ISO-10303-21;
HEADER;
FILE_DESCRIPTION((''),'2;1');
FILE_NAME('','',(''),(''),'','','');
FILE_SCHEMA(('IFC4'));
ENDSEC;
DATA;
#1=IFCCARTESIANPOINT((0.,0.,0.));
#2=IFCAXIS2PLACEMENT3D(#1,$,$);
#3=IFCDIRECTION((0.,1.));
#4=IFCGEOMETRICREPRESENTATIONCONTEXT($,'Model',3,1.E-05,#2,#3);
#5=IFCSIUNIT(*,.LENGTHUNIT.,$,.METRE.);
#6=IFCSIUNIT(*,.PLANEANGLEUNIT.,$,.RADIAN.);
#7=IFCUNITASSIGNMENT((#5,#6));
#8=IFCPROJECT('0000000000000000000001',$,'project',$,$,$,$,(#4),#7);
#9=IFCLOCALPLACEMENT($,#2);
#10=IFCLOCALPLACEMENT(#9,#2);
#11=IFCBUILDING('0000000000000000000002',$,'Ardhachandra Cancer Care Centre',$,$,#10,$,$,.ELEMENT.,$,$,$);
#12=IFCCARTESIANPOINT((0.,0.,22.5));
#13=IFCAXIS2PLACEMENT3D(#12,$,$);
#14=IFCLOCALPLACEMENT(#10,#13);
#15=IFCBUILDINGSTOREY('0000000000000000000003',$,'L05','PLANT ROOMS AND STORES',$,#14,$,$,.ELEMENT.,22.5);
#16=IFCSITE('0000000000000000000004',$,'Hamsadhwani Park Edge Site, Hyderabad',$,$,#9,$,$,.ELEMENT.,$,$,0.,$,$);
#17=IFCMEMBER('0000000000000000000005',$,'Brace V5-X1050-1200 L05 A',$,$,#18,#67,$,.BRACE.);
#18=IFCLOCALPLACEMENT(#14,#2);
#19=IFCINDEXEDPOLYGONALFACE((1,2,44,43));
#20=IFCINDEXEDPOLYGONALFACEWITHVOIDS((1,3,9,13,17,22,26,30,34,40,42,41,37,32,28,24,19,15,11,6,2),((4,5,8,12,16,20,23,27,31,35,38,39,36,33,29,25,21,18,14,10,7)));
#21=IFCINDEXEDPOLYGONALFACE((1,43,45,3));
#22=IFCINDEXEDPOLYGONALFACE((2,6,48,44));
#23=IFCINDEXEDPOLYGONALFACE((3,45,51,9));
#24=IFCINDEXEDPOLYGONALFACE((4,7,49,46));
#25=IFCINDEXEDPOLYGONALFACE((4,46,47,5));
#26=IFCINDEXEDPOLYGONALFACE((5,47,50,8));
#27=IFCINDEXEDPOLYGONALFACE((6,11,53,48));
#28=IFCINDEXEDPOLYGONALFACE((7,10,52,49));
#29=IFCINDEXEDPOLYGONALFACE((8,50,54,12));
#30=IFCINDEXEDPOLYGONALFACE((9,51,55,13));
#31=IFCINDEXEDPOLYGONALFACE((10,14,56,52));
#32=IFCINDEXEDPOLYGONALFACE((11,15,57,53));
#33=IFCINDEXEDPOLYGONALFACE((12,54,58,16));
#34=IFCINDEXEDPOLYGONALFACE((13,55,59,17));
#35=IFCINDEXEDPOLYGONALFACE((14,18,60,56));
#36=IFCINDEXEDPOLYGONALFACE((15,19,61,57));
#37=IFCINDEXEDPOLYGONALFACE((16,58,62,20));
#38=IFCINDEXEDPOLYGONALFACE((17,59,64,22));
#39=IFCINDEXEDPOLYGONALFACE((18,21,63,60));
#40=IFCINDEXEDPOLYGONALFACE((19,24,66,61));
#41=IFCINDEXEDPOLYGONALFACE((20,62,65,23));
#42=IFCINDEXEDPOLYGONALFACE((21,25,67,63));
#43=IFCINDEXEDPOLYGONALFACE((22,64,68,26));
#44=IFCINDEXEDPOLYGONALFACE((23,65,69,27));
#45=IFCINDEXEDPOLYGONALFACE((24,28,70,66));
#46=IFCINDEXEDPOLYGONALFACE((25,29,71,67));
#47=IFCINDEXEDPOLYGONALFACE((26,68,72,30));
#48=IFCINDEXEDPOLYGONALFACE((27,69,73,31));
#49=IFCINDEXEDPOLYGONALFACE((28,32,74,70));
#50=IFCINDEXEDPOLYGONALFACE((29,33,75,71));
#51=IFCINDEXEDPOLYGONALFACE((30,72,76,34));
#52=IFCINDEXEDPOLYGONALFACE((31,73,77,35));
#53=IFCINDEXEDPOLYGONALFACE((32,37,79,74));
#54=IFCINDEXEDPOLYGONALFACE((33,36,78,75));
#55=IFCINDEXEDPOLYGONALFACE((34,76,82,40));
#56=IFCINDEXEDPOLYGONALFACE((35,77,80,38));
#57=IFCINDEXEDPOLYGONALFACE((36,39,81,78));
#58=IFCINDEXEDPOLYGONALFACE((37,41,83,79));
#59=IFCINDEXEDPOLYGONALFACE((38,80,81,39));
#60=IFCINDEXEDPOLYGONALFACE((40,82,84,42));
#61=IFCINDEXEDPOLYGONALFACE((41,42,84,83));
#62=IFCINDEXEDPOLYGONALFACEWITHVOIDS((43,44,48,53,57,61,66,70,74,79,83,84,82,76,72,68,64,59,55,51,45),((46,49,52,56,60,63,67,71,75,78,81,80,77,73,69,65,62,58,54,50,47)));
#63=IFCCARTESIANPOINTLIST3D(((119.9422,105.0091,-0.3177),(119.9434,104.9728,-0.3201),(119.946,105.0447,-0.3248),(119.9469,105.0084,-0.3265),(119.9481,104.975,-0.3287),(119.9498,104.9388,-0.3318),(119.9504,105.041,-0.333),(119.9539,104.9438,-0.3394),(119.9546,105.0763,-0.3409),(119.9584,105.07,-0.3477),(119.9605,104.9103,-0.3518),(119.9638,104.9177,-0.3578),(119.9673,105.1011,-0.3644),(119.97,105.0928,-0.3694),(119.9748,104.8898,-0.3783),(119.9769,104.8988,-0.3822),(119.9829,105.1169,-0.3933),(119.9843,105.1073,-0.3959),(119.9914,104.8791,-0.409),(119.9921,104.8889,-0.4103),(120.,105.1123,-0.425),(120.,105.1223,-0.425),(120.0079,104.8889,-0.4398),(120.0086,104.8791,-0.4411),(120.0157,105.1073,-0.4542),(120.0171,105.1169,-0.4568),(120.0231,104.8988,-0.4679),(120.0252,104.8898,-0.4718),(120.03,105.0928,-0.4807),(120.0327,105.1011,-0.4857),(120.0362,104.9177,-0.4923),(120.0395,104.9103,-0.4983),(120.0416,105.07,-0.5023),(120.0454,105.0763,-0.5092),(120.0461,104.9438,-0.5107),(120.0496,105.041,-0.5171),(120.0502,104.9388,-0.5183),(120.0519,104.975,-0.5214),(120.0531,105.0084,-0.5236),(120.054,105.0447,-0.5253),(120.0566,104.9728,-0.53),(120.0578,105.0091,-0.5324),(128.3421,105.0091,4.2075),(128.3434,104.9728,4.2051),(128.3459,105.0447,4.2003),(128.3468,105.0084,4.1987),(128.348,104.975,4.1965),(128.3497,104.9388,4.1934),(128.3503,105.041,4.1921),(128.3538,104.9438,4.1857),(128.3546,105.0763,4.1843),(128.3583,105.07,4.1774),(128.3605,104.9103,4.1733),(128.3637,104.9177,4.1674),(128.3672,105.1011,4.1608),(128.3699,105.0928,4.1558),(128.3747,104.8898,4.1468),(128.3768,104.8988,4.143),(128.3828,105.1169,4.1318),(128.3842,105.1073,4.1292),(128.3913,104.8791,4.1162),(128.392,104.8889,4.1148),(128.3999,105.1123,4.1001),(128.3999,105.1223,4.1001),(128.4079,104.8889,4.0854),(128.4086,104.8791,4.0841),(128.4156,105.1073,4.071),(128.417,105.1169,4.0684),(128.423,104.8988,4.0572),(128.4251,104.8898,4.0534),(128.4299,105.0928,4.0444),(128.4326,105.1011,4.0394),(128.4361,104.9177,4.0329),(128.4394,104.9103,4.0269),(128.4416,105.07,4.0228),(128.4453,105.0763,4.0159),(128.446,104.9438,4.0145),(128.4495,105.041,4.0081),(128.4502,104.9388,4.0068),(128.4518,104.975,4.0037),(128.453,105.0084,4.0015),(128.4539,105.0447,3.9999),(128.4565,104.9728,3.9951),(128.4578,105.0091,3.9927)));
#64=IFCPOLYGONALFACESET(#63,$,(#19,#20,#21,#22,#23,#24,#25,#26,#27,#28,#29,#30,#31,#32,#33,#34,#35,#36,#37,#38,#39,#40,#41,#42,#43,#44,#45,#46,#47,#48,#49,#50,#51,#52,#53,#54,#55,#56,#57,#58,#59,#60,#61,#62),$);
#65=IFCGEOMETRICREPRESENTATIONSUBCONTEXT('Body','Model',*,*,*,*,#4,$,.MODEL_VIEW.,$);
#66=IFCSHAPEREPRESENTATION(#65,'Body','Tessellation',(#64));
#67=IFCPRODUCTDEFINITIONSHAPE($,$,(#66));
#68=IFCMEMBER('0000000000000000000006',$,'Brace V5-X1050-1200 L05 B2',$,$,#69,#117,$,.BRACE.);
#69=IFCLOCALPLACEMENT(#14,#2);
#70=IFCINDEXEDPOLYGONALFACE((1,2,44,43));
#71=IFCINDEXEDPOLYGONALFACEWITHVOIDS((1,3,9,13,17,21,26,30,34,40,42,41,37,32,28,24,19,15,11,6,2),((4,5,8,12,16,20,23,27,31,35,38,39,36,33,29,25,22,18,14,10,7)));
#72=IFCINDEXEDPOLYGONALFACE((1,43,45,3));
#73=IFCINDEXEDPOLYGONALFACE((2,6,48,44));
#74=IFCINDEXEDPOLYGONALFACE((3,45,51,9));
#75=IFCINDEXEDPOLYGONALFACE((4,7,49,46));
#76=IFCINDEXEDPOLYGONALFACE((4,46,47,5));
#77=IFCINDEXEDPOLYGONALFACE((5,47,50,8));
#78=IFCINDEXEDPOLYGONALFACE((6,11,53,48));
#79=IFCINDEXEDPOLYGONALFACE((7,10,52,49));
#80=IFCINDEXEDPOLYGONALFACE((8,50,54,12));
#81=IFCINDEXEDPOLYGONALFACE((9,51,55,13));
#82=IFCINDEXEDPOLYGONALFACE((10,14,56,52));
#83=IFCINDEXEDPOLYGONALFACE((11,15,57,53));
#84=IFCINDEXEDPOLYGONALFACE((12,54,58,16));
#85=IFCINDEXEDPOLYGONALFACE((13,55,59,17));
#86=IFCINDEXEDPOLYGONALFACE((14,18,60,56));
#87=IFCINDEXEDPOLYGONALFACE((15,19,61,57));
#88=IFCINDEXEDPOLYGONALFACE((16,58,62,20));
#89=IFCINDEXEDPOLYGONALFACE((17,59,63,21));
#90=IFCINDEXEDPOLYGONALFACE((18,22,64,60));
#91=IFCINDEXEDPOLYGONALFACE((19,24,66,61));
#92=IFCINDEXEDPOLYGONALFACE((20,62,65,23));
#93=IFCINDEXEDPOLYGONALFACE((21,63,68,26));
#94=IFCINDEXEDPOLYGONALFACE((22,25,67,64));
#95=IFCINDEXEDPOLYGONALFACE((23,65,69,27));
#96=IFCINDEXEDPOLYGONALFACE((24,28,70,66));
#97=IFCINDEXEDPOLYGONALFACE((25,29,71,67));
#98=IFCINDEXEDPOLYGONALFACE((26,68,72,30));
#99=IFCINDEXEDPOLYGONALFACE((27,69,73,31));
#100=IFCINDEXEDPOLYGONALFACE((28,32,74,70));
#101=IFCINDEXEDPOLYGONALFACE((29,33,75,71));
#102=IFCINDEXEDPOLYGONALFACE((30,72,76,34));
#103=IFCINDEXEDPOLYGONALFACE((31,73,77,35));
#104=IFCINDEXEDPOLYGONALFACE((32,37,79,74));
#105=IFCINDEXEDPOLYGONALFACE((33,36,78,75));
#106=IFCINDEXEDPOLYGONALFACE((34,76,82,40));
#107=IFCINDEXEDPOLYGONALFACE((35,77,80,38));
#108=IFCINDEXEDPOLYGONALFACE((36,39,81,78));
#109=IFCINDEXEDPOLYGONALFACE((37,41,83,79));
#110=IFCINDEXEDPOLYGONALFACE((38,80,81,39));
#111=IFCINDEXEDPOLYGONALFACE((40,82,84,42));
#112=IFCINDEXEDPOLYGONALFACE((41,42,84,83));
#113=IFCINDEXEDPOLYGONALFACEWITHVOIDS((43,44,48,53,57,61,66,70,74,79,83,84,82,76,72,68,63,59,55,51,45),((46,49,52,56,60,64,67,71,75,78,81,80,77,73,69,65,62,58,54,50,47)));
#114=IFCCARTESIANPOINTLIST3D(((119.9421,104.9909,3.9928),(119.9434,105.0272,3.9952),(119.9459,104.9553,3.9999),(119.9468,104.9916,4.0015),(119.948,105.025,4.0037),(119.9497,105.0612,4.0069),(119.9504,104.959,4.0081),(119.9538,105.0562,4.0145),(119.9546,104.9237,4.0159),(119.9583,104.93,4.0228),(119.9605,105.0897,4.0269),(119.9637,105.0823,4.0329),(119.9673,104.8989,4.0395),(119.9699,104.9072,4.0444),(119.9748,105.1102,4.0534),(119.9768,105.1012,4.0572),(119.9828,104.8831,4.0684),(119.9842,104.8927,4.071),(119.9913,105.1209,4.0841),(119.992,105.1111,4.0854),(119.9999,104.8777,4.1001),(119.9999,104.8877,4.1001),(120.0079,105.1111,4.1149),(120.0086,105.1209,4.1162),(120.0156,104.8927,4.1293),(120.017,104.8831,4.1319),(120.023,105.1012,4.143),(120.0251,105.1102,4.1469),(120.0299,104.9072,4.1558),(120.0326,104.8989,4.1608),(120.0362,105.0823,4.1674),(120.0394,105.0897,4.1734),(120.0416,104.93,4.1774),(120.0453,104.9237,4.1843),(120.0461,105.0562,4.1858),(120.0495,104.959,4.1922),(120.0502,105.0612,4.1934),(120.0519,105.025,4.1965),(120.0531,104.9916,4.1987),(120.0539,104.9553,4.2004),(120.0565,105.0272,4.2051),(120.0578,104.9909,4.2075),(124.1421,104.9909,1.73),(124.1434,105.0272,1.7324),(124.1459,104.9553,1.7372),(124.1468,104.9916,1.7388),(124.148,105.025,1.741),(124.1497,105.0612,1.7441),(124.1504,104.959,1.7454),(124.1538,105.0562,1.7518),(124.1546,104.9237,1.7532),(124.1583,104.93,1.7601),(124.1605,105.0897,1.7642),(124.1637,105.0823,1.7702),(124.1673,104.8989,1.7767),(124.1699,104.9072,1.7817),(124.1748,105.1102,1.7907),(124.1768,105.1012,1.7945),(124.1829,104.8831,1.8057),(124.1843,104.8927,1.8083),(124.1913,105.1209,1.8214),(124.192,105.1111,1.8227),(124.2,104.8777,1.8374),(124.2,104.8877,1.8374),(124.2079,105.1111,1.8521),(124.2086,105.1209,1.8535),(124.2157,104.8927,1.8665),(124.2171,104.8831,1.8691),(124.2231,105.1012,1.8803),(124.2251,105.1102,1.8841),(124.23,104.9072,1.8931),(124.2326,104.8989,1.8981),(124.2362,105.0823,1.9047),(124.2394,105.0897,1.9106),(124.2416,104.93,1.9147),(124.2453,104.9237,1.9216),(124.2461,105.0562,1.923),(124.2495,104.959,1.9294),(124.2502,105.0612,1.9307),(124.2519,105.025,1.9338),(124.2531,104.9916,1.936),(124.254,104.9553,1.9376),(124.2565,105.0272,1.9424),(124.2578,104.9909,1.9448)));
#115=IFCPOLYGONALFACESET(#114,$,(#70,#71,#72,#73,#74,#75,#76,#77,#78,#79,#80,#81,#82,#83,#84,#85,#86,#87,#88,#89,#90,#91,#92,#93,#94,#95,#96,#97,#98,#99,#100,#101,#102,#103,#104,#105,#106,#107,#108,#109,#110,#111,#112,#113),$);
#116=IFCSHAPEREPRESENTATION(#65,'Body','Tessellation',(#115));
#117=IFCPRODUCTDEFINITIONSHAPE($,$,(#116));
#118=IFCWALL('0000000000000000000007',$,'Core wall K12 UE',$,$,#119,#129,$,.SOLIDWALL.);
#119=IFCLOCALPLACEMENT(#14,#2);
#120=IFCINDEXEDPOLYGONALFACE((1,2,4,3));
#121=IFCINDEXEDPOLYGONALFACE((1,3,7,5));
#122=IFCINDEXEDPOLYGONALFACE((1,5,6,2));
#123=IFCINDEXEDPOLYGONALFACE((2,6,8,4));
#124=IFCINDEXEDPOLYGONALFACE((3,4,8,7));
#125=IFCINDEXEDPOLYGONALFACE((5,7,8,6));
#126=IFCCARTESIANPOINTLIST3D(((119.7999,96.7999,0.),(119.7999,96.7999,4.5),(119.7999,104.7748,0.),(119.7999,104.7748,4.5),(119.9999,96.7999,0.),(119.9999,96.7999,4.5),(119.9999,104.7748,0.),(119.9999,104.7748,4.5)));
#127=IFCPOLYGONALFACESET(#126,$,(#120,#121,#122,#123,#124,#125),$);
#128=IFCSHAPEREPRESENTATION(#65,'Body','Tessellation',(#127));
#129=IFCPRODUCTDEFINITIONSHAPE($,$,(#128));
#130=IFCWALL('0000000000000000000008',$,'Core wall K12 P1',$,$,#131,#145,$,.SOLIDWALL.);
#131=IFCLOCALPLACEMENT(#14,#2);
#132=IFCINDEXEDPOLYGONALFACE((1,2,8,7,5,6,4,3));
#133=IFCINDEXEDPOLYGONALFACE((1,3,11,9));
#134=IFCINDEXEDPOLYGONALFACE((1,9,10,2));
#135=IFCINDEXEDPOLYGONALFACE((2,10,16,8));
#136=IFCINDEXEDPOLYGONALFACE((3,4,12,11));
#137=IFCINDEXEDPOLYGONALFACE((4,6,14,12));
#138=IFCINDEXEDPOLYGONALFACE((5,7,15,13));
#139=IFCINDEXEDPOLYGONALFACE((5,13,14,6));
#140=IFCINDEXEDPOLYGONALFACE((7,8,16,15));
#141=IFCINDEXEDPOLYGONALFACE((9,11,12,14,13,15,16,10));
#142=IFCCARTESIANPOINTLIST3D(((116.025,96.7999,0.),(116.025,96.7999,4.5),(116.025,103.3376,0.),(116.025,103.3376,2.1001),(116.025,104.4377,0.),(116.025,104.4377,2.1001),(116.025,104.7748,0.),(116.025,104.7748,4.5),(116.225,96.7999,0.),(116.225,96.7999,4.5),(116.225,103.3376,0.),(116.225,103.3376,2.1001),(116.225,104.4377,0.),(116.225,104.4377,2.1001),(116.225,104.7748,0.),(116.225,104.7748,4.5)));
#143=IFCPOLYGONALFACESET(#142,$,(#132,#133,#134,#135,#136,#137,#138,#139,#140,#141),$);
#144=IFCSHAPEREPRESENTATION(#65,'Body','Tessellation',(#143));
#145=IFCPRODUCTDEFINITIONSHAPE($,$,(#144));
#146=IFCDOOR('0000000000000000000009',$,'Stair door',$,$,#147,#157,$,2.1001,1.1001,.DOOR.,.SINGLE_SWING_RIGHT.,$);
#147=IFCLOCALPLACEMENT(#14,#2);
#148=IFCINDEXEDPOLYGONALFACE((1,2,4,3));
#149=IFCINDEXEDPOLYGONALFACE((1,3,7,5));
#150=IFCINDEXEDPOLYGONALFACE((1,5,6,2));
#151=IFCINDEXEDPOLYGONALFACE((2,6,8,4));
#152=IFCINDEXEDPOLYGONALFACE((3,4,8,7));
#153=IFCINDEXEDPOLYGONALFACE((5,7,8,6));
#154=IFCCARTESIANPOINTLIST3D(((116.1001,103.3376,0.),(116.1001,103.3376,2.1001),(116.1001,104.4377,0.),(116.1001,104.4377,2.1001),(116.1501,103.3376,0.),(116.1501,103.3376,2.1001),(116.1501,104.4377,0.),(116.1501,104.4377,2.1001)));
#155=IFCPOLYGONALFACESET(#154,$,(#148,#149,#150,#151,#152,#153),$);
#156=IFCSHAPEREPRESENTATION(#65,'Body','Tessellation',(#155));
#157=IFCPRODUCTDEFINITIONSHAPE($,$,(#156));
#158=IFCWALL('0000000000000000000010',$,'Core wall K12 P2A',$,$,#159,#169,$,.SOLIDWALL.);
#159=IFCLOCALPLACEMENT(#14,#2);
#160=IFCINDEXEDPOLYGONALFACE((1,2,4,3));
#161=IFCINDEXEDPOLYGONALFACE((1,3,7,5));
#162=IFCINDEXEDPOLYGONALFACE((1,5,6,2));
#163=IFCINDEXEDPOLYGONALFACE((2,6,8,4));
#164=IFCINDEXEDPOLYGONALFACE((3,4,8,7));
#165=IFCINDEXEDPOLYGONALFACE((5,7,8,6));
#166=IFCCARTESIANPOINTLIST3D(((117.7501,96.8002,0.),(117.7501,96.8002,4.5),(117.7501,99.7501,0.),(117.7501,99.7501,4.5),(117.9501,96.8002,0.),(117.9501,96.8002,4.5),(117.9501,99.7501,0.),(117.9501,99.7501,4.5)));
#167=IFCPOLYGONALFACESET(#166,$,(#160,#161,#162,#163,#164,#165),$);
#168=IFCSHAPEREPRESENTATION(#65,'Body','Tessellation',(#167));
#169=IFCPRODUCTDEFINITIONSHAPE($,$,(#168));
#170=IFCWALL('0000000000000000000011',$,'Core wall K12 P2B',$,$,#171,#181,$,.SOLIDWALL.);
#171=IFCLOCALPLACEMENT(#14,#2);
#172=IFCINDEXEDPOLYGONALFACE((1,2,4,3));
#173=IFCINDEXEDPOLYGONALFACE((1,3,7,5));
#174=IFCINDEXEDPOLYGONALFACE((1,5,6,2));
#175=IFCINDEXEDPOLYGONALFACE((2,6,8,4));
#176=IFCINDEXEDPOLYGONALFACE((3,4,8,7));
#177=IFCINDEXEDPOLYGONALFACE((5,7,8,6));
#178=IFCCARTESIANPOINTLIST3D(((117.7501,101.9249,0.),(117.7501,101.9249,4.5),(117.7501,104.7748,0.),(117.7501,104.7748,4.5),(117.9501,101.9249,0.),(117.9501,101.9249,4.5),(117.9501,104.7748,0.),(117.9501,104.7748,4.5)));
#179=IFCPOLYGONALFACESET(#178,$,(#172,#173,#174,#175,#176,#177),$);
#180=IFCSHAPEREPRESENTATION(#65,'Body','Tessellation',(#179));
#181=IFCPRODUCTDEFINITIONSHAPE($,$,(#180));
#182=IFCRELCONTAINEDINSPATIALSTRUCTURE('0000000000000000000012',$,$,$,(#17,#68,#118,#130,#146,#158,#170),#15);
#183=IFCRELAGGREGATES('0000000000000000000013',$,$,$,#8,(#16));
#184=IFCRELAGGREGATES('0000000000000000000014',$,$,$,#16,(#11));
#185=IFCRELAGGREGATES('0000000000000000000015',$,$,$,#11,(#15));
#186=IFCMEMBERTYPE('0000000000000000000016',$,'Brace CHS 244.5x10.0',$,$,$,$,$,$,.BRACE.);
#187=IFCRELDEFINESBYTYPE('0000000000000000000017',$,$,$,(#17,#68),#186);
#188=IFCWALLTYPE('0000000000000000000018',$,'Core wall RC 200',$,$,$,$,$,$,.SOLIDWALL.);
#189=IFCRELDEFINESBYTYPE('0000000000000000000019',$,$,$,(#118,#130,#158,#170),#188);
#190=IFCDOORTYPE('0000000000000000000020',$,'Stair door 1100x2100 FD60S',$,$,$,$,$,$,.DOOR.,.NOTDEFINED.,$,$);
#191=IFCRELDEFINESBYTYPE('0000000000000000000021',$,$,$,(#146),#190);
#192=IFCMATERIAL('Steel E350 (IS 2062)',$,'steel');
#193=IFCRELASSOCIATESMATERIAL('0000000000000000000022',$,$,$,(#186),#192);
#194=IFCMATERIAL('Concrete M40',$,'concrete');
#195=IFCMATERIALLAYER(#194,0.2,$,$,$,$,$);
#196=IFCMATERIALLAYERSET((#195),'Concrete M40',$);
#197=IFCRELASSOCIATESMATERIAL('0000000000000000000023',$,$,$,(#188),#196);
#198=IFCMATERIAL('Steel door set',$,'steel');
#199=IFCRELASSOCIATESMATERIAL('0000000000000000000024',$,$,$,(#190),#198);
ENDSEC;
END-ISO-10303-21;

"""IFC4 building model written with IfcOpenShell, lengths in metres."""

from ifc_helpers import new_model, si_unit, direction, frame, frame_2d, origin, origin_2d, place, context, subcontext, project, spatial, rectangle, hollow_circle, extrude, material, layer, layer_set, material_profile, profile_set, type_object, element, fill, save


model = new_model("IFC4")

# Units and contexts
model_context = context("Model", 3, precision=1e-05, world=origin(), true_north=direction((0.0, 1.0)))
body_context = subcontext(model_context, "Body", "Model", "MODEL_VIEW")
ifc_project = project(units=[si_unit("LENGTHUNIT", "METRE"), si_unit("PLANEANGLEUNIT", "RADIAN")], contexts=[model_context])

# Site, building, storey
site_placement = place(None, origin())
site = spatial("IfcSite", under=ifc_project, at=site_placement, Name="Hamsadhwani Park Edge Site, Hyderabad", CompositionType="ELEMENT", RefElevation=0.0)
building_placement = place(site_placement, origin())
building = spatial("IfcBuilding", under=site, at=building_placement, Name="Ardhachandra Cancer Care Centre", CompositionType="ELEMENT")
storey_placement = place(building_placement, frame((0.0, 0.0, 22.5)))
storey = spatial("IfcBuildingStorey", under=building, at=storey_placement, Name="L05", Description="PLANT ROOMS AND STORES", CompositionType="ELEMENT", Elevation=22.5)

# Members
ifc_material_1 = material(Name="Steel E350 (IS 2062)", Category="steel")
ifc_material_profile_1 = material_profile(ifc_material_1, hollow_circle(Radius=0.1223, WallThickness=0.01, at=origin_2d()), Name="CHS 244.5x10.0")
ifc_profile_set_1 = profile_set([ifc_material_profile_1], Name="Steel E350 (IS 2062)")
member_type = type_object("IfcMemberType", Name="Brace CHS 244.5x10.0", PredefinedType="BRACE", material=ifc_profile_set_1)
member_1_placement = place(storey_placement, frame((120.0, 105.0, -0.425), z_axis=(0.880378, 0.0, 0.474272), x_axis=(0.0, 1.0, 0.0)))
element("IfcMember", 1, at=member_1_placement, inside=storey, type_object=member_type, Name="Brace V5-X1050-1200 L05 A", PredefinedType="BRACE", context=body_context, shape_type="SweptSolid", body=[
    extrude(hollow_circle(Radius=0.1223, WallThickness=0.01, at=origin_2d()), origin(), (0.0, 0.0, 1.0), 9.5413),
])
member_2_placement = place(storey_placement, frame((124.2, 105.0, 1.8374), z_axis=(-0.880368, 0.0, 0.474292), x_axis=(0.0, -1.0, 0.0)))
element("IfcMember", 2, at=member_2_placement, inside=storey, type_object=member_type, Name="Brace V5-X1050-1200 L05 B2", PredefinedType="BRACE", context=body_context, shape_type="SweptSolid", body=[
    extrude(hollow_circle(Radius=0.1223, WallThickness=0.01, at=origin_2d()), origin(), (0.0, 0.0, 1.0), 4.7708),
])

# Wall
ifc_material_2 = material(Name="Concrete M40", Category="concrete")
ifc_layer_1 = layer(ifc_material_2, 0.2)
ifc_layer_set_1 = layer_set([ifc_layer_1], Name="Concrete M40")
wall_type_1 = type_object("IfcWallType", Name="Core wall RC 200", PredefinedType="SOLIDWALL", material=ifc_layer_set_1)
wall_1_placement = place(storey_placement, frame((119.8999, 96.8, 0.0), z_axis=(0.0, 0.0, 1.0), x_axis=(0.0, 1.0, 0.0)))
element("IfcWall", 3, at=wall_1_placement, inside=storey, type_object=wall_type_1, Name="Core wall K12 UE", PredefinedType="SOLIDWALL", context=body_context, shape_type="SweptSolid", body=[
    extrude(rectangle(XDim=7.9749, YDim=0.2, at=frame_2d((3.9873, 0.0))), origin(), (0.0, 0.0, 1.0), 4.5),
])

# Wall, opening, door
wall_2_placement = place(storey_placement, frame((116.125, 96.8, 0.0), z_axis=(0.0, 0.0, 1.0), x_axis=(0.0, 1.0, 0.0)))
wall_2 = element("IfcWall", 4, at=wall_2_placement, inside=storey, type_object=wall_type_1, Name="Core wall K12 P1", PredefinedType="SOLIDWALL", context=body_context, shape_type="SweptSolid", body=[
    extrude(rectangle(XDim=7.9749, YDim=0.2, at=frame_2d((3.9873, 0.0))), origin(), (0.0, 0.0, 1.0), 4.5),
])
opening_1_placement = place(wall_2_placement, frame((6.5376, 0.0, 0.0)))
opening_1 = element("IfcOpeningElement", 5, at=opening_1_placement, cuts=wall_2, PredefinedType="OPENING", context=body_context, shape_type="SweptSolid", body=[
    extrude(rectangle(XDim=1.1001, YDim=2.1001, at=frame_2d((0.55, 1.05))), frame((0.0, 0.1099, 0.0), z_axis=(0.0, -1.0, 0.0), x_axis=(1.0, 0.0, 0.0)), (0.0, 0.0, 1.0), 0.22),
])
ifc_material_3 = material(Name="Steel door set", Category="steel")
door_type_1 = type_object("IfcDoorType", Name="Stair door 1100x2100 FD60S", OperationType="NOTDEFINED", PredefinedType="DOOR", material=ifc_material_3)
door_1_placement = place(opening_1_placement, origin())
door_1 = element("IfcDoor", 6, at=door_1_placement, inside=storey, type_object=door_type_1, Name="Stair door", OperationType="SINGLE_SWING_RIGHT", OverallHeight=2.1001, OverallWidth=1.1001, PredefinedType="DOOR", context=body_context, shape_type="SweptSolid", body=[
    extrude(rectangle(XDim=1.1001, YDim=2.1001, at=frame_2d((0.55, 1.05))), frame((0.0, 0.0249, 0.0), z_axis=(0.0, -1.0, 0.0), x_axis=(1.0, 0.0, 0.0)), (0.0, 0.0, 1.0), 0.05),
])
fill(opening_1, door_1)

# Walls
wall_3_placement = place(storey_placement, frame((117.8501, 96.8, 0.0), z_axis=(0.0, 0.0, 1.0), x_axis=(0.0, 1.0, 0.0)))
element("IfcWall", 7, at=wall_3_placement, inside=storey, type_object=wall_type_1, Name="Core wall K12 P2A", PredefinedType="SOLIDWALL", context=body_context, shape_type="SweptSolid", body=[
    extrude(rectangle(XDim=2.95, YDim=0.2, at=frame_2d((1.4751, 0.0))), origin(), (0.0, 0.0, 1.0), 4.5),
])
wall_4_placement = place(storey_placement, frame((117.8501, 101.925, 0.0), z_axis=(0.0, 0.0, 1.0), x_axis=(0.0, 1.0, 0.0)))
element("IfcWall", 8, at=wall_4_placement, inside=storey, type_object=wall_type_1, Name="Core wall K12 P2B", PredefinedType="SOLIDWALL", context=body_context, shape_type="SweptSolid", body=[
    extrude(rectangle(XDim=2.8499, YDim=0.2, at=frame_2d((1.4248, 0.0))), origin(), (0.0, 0.0, 1.0), 4.5),
])

save(model, "model.ifc")
